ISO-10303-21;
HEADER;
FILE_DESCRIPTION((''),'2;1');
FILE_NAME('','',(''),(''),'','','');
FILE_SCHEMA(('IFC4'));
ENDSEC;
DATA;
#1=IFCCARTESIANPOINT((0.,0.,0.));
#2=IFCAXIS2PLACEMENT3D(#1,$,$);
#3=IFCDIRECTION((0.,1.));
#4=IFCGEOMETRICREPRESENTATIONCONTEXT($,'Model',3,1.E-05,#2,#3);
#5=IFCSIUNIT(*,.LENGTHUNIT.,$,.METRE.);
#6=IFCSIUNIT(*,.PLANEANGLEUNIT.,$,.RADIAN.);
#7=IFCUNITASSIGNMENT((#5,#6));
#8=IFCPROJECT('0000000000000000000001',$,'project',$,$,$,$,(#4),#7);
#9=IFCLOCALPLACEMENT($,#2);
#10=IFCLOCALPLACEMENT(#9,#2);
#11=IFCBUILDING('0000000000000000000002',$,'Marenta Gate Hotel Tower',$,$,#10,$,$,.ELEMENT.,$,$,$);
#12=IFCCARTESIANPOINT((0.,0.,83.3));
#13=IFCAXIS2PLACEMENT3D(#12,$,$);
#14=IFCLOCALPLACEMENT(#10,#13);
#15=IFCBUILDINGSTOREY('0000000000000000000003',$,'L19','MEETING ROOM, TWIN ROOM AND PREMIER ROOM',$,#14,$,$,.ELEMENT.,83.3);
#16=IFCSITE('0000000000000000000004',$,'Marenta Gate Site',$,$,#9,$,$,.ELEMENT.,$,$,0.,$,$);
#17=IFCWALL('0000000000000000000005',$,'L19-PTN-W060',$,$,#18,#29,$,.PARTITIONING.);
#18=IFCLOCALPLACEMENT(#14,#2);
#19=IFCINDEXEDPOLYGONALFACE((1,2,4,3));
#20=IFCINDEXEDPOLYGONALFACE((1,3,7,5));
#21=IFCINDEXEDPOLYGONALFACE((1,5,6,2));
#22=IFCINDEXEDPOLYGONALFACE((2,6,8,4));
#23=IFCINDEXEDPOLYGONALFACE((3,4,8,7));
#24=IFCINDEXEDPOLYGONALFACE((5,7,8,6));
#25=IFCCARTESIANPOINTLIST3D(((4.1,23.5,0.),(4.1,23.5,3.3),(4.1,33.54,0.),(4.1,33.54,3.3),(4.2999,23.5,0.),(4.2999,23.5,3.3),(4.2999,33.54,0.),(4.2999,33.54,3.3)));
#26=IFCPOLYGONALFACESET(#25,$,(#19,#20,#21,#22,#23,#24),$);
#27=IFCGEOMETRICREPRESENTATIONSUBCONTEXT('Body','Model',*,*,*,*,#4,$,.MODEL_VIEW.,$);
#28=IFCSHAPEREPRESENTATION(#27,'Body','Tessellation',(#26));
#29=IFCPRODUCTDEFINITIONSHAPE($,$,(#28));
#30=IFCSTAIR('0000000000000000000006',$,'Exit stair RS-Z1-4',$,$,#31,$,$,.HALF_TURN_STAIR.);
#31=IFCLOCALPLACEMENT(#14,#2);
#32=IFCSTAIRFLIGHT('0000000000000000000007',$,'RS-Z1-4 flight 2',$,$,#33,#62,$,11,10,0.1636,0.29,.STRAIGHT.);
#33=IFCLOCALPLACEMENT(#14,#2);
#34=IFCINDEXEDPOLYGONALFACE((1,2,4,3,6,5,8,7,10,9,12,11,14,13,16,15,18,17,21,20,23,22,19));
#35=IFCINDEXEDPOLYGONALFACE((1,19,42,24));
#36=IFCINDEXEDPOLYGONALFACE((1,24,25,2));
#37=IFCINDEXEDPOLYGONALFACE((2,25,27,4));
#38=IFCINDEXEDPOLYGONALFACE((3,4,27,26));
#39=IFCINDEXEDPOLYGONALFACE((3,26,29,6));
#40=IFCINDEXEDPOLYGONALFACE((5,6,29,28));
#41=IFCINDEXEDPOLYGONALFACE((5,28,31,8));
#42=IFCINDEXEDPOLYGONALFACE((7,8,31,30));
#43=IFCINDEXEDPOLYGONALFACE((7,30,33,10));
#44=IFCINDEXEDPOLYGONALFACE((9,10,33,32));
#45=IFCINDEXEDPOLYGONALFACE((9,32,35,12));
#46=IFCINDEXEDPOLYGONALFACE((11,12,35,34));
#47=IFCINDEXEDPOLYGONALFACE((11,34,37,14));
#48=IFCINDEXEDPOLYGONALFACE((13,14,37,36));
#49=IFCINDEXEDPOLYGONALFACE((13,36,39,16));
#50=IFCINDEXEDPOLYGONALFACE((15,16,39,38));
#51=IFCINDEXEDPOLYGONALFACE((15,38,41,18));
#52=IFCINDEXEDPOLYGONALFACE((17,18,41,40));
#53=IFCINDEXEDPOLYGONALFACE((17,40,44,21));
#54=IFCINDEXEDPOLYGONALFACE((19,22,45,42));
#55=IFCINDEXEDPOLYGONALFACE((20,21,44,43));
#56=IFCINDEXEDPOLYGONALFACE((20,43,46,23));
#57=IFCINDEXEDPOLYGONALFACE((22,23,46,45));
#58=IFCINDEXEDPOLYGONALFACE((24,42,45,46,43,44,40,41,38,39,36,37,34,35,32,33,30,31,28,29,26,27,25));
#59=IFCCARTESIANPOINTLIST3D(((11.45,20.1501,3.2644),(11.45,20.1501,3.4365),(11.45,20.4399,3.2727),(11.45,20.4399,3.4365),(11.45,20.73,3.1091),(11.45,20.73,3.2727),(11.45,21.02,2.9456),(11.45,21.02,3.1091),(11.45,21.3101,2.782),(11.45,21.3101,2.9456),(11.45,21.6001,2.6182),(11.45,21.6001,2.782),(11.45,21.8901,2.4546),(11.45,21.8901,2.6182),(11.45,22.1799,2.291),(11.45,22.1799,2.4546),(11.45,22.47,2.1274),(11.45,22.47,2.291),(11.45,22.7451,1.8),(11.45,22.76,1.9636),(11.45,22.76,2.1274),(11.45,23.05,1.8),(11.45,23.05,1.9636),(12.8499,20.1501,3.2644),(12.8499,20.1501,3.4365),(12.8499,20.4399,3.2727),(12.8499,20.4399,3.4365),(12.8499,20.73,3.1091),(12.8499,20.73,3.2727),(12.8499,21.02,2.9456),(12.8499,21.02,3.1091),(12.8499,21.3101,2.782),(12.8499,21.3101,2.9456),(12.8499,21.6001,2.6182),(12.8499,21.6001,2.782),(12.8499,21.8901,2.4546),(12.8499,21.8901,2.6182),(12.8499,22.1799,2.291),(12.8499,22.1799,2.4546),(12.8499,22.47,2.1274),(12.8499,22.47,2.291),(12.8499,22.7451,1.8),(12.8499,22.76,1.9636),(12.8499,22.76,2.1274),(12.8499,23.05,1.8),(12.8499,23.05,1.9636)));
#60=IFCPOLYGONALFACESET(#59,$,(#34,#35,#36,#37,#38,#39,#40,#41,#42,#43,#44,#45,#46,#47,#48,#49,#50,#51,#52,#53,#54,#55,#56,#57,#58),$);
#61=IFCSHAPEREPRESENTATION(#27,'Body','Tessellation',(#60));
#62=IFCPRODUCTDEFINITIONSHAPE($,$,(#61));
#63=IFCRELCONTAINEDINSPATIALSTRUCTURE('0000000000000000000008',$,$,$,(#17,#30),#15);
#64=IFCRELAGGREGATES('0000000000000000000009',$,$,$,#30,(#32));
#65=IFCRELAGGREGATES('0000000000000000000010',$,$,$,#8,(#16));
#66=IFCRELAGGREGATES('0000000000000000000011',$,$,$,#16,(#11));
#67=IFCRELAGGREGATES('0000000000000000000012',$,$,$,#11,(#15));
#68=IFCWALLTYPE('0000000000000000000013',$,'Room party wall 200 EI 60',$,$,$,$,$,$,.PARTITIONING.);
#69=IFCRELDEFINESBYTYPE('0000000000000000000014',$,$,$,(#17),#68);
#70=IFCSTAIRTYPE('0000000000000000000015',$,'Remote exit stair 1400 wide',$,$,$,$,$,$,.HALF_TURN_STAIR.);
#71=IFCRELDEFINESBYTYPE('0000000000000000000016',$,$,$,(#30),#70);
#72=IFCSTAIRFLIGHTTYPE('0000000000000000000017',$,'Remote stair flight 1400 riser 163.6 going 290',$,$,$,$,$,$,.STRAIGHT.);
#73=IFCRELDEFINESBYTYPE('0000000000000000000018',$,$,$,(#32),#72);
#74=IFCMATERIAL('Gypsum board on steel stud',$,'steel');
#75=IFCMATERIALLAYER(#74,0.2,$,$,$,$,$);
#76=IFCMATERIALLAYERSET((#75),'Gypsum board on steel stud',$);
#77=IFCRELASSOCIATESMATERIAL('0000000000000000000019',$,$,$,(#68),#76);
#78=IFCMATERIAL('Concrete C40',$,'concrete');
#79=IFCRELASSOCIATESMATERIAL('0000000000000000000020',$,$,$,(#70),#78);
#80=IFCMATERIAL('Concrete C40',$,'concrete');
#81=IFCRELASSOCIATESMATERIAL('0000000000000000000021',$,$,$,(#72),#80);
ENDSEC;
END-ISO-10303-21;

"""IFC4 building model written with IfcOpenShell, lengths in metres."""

from ifc_helpers import new_model, si_unit, direction, frame, frame_2d, origin, place, context, subcontext, project, spatial, polyline, rectangle, outline, extrude, material, layer, layer_set, type_object, element, aggregate, save


model = new_model("IFC4")

# Units and contexts
model_context = context("Model", 3, precision=1e-05, world=origin(), true_north=direction((0.0, 1.0)))
body_context = subcontext(model_context, "Body", "Model", "MODEL_VIEW")
ifc_project = project(units=[si_unit("LENGTHUNIT", "METRE"), si_unit("PLANEANGLEUNIT", "RADIAN")], contexts=[model_context])

# Site, building, storey
site_placement = place(None, origin())
site = spatial("IfcSite", under=ifc_project, at=site_placement, Name="Marenta Gate Site", CompositionType="ELEMENT", RefElevation=0.0)
building_placement = place(site_placement, origin())
building = spatial("IfcBuilding", under=site, at=building_placement, Name="Marenta Gate Hotel Tower", CompositionType="ELEMENT")
storey_placement = place(building_placement, frame((0.0, 0.0, 83.3)))
storey = spatial("IfcBuildingStorey", under=building, at=storey_placement, Name="L19", Description="MEETING ROOM, TWIN ROOM AND PREMIER ROOM", CompositionType="ELEMENT", Elevation=83.3)

# Wall
ifc_material_1 = material(Name="Gypsum board on steel stud", Category="steel")
ifc_layer_1 = layer(ifc_material_1, 0.2)
ifc_layer_set_1 = layer_set([ifc_layer_1], Name="Gypsum board on steel stud")
wall_type_1 = type_object("IfcWallType", Name="Room party wall 200 EI 60", PredefinedType="PARTITIONING", material=ifc_layer_set_1)
wall_1_placement = place(storey_placement, frame((4.2, 23.5, 0.0), z_axis=(0.0, 0.0, 1.0), x_axis=(0.0, 1.0, 0.0)))
element("IfcWall", 1, at=wall_1_placement, inside=storey, type_object=wall_type_1, Name="L19-PTN-W060", PredefinedType="PARTITIONING", context=body_context, shape_type="SweptSolid", body=[
    extrude(rectangle(XDim=10.04, YDim=0.2, at=frame_2d((5.02, 0.0))), origin(), (0.0, 0.0, 1.0), 3.3),
])

# Stair, stair flight
ifc_material_2 = material(Name="Concrete C40", Category="concrete")
stair_type = type_object("IfcStairType", Name="Remote exit stair 1400 wide", PredefinedType="HALF_TURN_STAIR", material=ifc_material_2)
stair_placement = place(storey_placement, origin())
stair = element("IfcStair", 2, at=stair_placement, inside=storey, type_object=stair_type, Name="Exit stair RS-Z1-4", PredefinedType="HALF_TURN_STAIR")
ifc_material_3 = material(Name="Concrete C40", Category="concrete")
stair_flight_type = type_object("IfcStairFlightType", Name="Remote stair flight 1400 riser 163.6 going 290", PredefinedType="STRAIGHT", material=ifc_material_3)
stair_flight_placement = place(storey_placement, frame((12.1499, 23.05, 1.8), z_axis=(0.0, 0.0, 1.0), x_axis=(0.0, -1.0, 0.0)))
stair_flight = element("IfcStairFlight", 3, at=stair_flight_placement, type_object=stair_flight_type, Name="RS-Z1-4 flight 2", NumberOfRisers=11, NumberOfTreads=10, PredefinedType="STRAIGHT", RiserHeight=0.1636, TreadLength=0.29, context=body_context, shape_type="SweptSolid", body=[
    extrude(outline(polyline([(0.0, 0.0), (0.0, 0.1636), (0.29, 0.1636), (0.29, 0.3274), (0.5801, 0.3274), (0.5801, 0.491), (0.8701, 0.491), (0.8701, 0.6545), (1.1599, 0.6545), (1.1599, 0.8181), (1.45, 0.8181), (1.45, 0.9819), (1.74, 0.9819), (1.74, 1.1455), (2.03, 1.1455), (2.03, 1.3091), (2.3201, 1.3091), (2.3201, 1.4727), (2.6101, 1.4727), (2.6101, 1.6365), (2.8999, 1.6365), (2.8999, 1.8), (2.8999, 1.4644), (0.3049, 0.0), (0.0, 0.0)])), frame((0.0, 0.7, 0.0), z_axis=(0.0, -1.0, 0.0), x_axis=(1.0, 0.0, 0.0)), (0.0, 0.0, 1.0), 1.3999),
])
aggregate(stair, [stair_flight])

save(model, "model.ifc")
